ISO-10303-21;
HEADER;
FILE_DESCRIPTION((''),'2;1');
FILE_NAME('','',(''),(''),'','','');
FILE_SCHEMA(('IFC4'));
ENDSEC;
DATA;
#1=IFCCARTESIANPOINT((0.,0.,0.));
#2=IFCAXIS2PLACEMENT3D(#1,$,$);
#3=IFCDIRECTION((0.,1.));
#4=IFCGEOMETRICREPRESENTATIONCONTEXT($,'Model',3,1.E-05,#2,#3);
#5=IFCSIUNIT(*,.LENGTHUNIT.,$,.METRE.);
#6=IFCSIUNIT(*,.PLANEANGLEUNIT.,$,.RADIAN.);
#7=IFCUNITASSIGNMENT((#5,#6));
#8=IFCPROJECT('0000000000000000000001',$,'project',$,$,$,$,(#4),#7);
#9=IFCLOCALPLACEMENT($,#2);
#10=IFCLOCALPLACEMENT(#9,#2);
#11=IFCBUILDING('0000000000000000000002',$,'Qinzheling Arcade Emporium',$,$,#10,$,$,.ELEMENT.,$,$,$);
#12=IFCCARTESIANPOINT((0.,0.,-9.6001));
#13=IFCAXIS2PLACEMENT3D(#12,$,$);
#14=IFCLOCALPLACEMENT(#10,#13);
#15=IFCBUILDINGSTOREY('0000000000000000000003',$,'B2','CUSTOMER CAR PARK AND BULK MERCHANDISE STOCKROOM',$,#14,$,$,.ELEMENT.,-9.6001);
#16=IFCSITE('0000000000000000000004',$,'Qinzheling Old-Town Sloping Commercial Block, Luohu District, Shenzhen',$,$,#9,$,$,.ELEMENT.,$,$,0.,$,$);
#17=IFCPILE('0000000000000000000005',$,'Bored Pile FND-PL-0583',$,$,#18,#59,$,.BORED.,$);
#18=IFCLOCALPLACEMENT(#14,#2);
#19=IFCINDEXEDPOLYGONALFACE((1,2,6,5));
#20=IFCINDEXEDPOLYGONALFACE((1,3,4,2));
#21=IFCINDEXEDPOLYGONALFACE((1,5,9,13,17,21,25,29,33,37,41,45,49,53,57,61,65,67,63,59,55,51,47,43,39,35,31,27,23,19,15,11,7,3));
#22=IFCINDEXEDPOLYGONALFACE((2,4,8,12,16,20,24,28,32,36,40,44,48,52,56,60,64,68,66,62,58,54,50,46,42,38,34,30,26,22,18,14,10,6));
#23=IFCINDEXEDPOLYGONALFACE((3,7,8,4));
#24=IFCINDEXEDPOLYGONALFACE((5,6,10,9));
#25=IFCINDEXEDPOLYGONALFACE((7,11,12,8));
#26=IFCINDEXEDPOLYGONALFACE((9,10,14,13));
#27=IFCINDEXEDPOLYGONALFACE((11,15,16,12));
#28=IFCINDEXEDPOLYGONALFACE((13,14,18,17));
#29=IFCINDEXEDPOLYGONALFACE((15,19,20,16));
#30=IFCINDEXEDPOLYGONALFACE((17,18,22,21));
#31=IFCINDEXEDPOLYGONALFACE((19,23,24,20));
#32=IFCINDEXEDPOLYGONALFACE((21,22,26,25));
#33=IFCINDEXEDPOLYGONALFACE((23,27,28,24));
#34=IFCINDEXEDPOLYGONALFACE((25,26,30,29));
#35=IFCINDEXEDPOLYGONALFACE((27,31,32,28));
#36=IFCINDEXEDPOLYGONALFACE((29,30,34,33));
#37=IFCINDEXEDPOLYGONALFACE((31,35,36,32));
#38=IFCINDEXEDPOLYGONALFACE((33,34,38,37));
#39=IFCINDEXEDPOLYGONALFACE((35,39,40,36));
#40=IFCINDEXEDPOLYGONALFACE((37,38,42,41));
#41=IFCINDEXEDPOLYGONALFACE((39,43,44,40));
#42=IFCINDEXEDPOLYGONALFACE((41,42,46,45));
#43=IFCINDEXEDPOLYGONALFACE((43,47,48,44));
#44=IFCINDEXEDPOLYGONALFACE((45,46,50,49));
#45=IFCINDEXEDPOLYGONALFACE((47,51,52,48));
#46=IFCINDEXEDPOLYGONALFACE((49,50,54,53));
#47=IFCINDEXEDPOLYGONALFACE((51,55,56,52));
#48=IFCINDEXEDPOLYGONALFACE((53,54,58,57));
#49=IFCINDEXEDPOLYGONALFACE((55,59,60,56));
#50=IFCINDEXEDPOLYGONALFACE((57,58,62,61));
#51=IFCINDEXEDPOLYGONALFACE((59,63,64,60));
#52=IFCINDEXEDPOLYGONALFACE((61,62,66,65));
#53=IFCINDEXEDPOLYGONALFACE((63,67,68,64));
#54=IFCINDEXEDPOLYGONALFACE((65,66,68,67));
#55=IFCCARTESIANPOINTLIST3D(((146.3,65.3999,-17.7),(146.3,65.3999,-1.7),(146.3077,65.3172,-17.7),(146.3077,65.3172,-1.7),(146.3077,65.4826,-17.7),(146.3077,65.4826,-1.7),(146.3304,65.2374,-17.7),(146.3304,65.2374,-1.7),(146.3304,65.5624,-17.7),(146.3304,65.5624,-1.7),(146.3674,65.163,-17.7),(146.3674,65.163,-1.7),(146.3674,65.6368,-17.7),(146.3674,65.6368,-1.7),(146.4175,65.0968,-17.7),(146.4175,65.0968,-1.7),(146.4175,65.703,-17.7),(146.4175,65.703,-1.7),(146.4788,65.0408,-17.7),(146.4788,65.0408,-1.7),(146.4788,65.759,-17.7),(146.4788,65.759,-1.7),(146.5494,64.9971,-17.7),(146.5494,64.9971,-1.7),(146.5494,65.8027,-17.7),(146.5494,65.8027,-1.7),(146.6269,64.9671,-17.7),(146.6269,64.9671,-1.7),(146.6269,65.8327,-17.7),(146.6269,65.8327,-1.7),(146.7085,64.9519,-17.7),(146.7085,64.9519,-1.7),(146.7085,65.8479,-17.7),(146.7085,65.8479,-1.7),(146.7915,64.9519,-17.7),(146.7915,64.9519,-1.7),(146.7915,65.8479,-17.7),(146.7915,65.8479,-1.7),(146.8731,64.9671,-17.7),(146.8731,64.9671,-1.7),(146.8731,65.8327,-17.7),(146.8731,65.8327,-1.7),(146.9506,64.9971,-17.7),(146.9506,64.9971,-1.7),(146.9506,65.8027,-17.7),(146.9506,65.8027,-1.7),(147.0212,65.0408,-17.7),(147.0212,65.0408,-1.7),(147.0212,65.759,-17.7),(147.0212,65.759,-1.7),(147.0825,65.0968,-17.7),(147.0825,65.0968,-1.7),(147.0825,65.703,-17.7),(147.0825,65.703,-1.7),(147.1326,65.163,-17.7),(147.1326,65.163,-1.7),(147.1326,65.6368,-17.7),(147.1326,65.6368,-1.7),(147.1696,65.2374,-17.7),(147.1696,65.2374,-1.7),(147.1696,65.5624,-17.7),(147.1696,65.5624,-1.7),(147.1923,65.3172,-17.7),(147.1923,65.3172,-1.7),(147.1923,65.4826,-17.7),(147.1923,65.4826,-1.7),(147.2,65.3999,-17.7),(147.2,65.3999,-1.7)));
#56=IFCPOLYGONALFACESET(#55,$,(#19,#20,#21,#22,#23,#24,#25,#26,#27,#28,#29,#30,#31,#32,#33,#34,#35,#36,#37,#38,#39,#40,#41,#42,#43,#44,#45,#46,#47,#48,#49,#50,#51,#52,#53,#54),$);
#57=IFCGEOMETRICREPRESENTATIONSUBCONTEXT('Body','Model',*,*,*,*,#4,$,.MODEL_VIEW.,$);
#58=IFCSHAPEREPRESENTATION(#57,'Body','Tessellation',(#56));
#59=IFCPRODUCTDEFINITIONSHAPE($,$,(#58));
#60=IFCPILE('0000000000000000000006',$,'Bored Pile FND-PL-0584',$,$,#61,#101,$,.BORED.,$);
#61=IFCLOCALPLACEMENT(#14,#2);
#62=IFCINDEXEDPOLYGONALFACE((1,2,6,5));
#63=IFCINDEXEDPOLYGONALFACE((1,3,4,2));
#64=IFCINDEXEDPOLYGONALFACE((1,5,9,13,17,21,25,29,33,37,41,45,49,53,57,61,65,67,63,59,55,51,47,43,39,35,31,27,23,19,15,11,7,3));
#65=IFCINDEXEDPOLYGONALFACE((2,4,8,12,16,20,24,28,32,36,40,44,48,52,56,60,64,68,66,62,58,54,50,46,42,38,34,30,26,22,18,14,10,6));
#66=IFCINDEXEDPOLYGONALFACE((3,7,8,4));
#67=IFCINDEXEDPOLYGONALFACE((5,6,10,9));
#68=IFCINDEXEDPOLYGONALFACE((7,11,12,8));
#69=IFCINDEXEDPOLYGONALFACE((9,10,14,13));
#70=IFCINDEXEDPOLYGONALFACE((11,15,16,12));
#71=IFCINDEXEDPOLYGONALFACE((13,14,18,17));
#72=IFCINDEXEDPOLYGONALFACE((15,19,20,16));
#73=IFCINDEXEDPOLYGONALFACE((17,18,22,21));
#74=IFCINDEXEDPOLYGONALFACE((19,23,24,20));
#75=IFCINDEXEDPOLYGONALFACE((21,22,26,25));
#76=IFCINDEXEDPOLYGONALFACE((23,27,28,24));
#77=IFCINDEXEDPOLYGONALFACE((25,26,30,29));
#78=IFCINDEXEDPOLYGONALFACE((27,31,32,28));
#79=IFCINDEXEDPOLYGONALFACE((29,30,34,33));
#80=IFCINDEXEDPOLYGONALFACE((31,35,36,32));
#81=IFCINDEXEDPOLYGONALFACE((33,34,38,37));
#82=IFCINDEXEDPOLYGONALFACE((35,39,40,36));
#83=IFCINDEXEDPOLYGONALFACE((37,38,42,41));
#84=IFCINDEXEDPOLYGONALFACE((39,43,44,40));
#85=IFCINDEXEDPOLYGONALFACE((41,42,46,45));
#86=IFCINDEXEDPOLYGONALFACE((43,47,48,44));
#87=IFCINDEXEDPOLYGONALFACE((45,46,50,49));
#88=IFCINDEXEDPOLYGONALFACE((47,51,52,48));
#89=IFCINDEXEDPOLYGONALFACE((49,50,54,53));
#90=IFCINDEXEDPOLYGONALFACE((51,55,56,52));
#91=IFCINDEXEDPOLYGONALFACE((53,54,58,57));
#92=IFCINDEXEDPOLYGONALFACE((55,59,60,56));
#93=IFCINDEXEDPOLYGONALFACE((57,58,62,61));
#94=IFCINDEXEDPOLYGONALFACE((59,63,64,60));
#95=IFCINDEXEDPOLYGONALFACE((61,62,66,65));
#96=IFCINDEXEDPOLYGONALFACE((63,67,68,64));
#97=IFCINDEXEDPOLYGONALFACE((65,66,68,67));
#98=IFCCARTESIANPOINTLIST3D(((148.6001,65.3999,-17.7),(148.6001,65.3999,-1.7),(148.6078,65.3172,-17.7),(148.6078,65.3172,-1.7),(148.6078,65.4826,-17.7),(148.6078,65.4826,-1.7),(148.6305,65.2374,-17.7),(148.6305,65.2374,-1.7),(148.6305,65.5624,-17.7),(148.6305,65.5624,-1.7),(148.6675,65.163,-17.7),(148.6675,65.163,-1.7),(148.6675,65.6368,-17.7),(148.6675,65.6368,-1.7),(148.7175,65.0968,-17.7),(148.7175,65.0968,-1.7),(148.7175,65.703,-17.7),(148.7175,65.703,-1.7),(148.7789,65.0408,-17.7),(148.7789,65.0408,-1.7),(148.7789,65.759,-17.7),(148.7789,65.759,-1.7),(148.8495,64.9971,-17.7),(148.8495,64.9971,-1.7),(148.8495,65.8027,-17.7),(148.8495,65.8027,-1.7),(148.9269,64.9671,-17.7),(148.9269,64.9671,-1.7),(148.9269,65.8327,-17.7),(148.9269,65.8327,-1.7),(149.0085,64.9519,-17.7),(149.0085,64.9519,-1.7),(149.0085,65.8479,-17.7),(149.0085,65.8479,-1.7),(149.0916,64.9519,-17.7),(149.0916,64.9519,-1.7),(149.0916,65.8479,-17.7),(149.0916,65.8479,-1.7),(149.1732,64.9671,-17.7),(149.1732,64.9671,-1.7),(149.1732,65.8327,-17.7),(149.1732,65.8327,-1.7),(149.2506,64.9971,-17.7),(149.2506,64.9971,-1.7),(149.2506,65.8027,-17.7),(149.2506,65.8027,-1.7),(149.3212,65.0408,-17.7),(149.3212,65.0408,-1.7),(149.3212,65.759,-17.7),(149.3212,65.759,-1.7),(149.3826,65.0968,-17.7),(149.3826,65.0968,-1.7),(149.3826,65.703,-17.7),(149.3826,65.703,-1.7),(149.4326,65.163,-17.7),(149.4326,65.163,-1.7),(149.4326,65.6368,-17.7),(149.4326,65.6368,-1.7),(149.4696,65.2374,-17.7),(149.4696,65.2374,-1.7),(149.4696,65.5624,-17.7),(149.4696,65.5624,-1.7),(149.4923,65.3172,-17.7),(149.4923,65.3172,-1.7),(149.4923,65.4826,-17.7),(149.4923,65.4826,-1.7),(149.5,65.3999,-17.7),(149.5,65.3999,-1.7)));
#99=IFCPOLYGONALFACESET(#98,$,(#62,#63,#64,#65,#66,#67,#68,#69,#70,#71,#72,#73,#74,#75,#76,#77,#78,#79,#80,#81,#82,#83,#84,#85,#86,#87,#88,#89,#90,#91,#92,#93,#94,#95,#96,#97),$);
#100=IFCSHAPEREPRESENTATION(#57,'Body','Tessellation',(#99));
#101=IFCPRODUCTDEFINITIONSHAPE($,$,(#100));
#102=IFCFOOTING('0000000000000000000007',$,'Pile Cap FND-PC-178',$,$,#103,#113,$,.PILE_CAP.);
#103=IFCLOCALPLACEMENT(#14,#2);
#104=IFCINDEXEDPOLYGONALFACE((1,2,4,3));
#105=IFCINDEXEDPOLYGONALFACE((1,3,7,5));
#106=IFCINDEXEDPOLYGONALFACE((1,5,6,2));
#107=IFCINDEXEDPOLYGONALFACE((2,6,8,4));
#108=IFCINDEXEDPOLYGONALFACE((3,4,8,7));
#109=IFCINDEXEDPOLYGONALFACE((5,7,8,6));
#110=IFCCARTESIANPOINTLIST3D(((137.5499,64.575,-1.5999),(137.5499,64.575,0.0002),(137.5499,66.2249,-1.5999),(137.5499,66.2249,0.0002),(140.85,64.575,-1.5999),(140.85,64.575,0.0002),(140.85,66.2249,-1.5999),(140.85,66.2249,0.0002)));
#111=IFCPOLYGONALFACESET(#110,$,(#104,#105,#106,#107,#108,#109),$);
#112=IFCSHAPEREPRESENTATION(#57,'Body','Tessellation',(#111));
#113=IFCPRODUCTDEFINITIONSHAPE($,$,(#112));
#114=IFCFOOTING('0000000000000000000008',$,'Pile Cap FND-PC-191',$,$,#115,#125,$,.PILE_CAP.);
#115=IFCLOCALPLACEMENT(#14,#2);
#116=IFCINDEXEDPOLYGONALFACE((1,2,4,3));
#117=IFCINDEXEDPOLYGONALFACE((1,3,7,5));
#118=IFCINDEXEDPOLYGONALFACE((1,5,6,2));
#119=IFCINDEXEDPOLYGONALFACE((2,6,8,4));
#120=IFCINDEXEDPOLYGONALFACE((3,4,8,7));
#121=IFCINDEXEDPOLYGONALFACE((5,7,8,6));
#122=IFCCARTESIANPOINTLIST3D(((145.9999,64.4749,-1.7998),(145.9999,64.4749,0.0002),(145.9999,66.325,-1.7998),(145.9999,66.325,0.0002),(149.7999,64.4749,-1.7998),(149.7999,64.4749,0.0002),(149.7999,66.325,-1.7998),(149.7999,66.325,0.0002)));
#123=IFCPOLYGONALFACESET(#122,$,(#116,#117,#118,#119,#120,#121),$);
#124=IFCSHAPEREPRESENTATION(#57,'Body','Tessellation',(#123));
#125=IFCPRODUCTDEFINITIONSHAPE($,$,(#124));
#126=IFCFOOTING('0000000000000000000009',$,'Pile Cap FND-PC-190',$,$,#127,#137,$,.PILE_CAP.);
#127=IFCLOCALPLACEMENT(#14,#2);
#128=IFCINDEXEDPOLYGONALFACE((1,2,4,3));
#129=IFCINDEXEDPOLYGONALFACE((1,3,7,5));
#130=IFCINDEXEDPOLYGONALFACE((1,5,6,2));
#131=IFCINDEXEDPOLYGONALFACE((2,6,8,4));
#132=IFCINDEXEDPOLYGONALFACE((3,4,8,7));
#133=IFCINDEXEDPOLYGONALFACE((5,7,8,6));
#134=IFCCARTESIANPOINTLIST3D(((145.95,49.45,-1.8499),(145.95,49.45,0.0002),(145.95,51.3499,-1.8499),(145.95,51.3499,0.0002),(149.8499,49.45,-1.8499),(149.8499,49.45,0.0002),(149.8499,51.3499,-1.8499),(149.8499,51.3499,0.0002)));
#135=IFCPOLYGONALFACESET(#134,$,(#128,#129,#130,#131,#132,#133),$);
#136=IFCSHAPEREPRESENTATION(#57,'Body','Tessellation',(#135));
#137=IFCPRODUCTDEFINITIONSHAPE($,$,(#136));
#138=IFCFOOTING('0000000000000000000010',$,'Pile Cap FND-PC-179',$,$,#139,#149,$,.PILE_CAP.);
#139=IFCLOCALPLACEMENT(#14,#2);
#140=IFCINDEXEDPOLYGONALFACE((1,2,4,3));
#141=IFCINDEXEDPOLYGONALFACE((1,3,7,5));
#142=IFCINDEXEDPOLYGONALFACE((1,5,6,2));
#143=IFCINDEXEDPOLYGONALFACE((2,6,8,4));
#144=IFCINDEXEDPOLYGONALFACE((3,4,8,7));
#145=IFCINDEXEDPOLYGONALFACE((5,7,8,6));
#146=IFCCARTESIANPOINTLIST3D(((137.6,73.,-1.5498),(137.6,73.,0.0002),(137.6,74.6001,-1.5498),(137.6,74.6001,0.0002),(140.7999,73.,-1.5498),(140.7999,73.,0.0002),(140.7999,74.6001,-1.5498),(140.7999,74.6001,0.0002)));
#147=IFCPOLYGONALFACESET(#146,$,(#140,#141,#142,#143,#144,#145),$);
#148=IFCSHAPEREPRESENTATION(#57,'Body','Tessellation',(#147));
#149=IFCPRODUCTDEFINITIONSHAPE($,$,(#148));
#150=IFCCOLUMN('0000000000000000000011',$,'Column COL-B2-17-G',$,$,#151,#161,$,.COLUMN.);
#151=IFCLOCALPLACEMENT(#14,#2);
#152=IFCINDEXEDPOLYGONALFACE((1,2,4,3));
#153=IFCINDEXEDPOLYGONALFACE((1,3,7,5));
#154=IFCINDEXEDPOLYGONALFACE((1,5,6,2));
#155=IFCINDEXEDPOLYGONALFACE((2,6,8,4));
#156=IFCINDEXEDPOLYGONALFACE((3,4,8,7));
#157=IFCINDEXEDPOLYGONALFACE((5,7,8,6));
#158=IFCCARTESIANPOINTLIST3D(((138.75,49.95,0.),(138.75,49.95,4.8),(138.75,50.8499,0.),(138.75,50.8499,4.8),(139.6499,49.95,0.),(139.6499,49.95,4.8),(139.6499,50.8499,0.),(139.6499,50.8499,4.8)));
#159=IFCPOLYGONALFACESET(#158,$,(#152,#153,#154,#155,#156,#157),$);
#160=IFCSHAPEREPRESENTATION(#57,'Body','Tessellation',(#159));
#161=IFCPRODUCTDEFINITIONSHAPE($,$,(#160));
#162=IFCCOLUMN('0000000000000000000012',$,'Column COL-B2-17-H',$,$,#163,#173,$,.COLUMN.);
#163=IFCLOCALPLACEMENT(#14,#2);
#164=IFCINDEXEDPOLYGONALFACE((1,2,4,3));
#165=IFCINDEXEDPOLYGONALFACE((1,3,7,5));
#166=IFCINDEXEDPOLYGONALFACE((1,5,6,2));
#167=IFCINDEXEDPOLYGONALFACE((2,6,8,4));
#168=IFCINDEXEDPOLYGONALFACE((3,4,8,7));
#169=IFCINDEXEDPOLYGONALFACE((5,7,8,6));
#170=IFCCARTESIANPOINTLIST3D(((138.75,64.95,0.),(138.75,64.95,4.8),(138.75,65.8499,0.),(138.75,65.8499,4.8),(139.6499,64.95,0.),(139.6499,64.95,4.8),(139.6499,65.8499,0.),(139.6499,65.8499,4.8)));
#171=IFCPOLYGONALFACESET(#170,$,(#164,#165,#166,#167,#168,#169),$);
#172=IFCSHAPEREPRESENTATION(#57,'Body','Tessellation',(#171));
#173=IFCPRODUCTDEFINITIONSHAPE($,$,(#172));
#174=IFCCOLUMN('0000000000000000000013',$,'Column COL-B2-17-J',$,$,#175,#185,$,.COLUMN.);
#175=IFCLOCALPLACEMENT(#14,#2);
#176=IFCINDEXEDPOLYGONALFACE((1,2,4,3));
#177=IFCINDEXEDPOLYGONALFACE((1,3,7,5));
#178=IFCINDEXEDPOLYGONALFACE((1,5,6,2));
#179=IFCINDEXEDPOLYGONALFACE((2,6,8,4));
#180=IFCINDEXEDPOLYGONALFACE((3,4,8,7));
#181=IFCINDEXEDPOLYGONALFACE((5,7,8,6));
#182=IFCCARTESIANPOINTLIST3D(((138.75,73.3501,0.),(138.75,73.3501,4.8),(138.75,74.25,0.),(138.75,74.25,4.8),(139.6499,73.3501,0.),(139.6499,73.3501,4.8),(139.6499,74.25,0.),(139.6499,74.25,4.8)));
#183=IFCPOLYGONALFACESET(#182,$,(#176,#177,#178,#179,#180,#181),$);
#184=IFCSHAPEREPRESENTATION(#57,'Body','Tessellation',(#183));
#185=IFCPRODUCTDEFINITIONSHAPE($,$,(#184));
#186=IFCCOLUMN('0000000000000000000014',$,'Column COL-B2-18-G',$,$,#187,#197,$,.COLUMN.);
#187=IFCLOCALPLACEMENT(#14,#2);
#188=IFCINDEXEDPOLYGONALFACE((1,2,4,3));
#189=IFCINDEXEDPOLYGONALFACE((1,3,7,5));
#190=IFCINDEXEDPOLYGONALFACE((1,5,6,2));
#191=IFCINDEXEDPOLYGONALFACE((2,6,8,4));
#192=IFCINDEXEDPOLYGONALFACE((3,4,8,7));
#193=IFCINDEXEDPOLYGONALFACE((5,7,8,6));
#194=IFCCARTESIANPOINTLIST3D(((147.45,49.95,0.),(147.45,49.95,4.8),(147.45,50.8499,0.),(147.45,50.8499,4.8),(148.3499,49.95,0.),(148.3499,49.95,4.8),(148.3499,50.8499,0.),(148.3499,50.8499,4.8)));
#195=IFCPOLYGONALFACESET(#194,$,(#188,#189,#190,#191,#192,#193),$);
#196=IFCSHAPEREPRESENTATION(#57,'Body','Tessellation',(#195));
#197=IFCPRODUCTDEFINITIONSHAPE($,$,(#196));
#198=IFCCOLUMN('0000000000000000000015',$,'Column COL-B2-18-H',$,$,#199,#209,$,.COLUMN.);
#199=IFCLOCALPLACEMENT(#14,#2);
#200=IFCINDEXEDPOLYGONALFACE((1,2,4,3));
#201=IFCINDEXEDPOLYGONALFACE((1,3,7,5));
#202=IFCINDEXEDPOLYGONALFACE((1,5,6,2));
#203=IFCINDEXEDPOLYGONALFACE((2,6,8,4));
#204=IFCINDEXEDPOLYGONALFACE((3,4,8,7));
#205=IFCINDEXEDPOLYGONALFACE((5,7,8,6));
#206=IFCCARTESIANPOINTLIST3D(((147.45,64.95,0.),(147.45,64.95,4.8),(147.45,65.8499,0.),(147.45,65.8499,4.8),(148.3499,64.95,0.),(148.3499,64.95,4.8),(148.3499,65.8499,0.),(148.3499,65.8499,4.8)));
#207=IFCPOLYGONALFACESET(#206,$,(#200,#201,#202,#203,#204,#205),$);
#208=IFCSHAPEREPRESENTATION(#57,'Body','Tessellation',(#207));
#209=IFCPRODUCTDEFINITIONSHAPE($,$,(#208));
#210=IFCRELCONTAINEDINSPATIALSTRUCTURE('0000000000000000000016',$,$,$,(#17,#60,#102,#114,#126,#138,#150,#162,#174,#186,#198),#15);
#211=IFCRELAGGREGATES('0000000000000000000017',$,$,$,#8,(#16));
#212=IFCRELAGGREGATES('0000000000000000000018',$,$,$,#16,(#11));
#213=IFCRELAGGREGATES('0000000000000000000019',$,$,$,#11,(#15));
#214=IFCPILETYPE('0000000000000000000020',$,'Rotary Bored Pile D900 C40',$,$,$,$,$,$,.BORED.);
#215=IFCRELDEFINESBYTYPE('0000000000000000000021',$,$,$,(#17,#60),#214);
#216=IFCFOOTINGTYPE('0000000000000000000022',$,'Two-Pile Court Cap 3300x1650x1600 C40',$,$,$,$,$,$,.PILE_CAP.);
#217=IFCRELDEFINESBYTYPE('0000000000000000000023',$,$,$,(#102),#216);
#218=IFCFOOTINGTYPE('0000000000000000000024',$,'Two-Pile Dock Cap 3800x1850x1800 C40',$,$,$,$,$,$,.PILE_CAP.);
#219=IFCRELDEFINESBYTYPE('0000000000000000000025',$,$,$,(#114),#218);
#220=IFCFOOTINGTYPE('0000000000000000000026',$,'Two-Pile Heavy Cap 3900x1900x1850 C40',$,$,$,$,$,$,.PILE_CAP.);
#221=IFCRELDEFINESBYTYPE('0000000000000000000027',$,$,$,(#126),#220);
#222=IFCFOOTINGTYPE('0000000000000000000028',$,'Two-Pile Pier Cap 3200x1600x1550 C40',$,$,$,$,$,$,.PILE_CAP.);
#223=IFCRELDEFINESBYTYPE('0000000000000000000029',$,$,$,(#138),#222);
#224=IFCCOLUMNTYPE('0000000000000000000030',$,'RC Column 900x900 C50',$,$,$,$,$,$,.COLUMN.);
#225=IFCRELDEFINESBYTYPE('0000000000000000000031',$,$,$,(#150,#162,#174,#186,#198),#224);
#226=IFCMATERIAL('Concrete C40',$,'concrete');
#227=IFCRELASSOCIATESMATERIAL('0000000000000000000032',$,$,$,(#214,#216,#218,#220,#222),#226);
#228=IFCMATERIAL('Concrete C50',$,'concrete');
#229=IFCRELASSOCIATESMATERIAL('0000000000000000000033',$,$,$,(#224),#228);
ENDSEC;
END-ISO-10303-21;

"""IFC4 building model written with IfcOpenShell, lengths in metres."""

from ifc_helpers import new_model, si_unit, direction, frame, origin, origin_2d, place, context, subcontext, project, spatial, rectangle, circle, extrude, material, material_profile, profile_set, type_object, element, save


model = new_model("IFC4")

# Units and contexts
model_context = context("Model", 3, precision=1e-05, world=origin(), true_north=direction((0.0, 1.0)))
body_context = subcontext(model_context, "Body", "Model", "MODEL_VIEW")
ifc_project = project(units=[si_unit("LENGTHUNIT", "METRE"), si_unit("PLANEANGLEUNIT", "RADIAN")], contexts=[model_context])

# Site, building, storey
site_placement = place(None, origin())
site = spatial("IfcSite", under=ifc_project, at=site_placement, Name="Qinzheling Old-Town Sloping Commercial Block, Luohu District, Shenzhen", CompositionType="ELEMENT", RefElevation=0.0)
building_placement = place(site_placement, origin())
building = spatial("IfcBuilding", under=site, at=building_placement, Name="Qinzheling Arcade Emporium", CompositionType="ELEMENT")
storey_placement = place(building_placement, frame((0.0, 0.0, -9.6001)))
storey = spatial("IfcBuildingStorey", under=building, at=storey_placement, Name="B2", Description="CUSTOMER CAR PARK AND BULK MERCHANDISE STOCKROOM", CompositionType="ELEMENT", Elevation=-9.6001)

# Shared definitions
ifc_material_1 = material(Name="Concrete C40", Category="concrete")

# Piles
ifc_material_profile_1 = material_profile(ifc_material_1, circle(Radius=0.45, at=origin_2d()), Name="BORED D900", Category="concrete")
ifc_profile_set_1 = profile_set([ifc_material_profile_1], Name="Concrete C40")
pile_type_1 = type_object("IfcPileType", Name="Rotary Bored Pile D900 C40", PredefinedType="BORED", material=ifc_profile_set_1)
for number, where, z_axis, x_axis, name in (
    (1, (146.75, 65.3999, -1.7), (0.0, 0.0, -1.0), (1.0, 0.0, 0.0), "Bored Pile FND-PL-0583"),
    (2, (149.05, 65.3999, -1.7), (0.0, 0.0, -1.0), (1.0, 0.0, 0.0), "Bored Pile FND-PL-0584"),
):
    element("IfcPile", number, at=place(storey_placement, frame(where, z_axis=z_axis, x_axis=x_axis)), inside=storey, type_object=pile_type_1, Name=name, PredefinedType="BORED", context=body_context, shape_type="SweptSolid", body=[
        extrude(circle(Radius=0.45, at=origin_2d()), origin(), (0.0, 0.0, 1.0), 16.0),
    ])

# Footings
footing_type_1 = type_object("IfcFootingType", Name="Two-Pile Court Cap 3300x1650x1600 C40", PredefinedType="PILE_CAP", material=ifc_material_1)
footing_1_placement = place(storey_placement, frame((139.2, 65.3999, -1.5999), z_axis=(0.0, 0.0, 1.0), x_axis=(1.0, 0.0, 0.0)))
element("IfcFooting", 3, at=footing_1_placement, inside=storey, type_object=footing_type_1, Name="Pile Cap FND-PC-178", PredefinedType="PILE_CAP", context=body_context, shape_type="SweptSolid", body=[
    extrude(rectangle(XDim=3.3, YDim=1.6499, at=origin_2d()), origin(), (0.0, 0.0, 1.0), 1.6001),
])
footing_type_2 = type_object("IfcFootingType", Name="Two-Pile Dock Cap 3800x1850x1800 C40", PredefinedType="PILE_CAP", material=ifc_material_1)
footing_2_placement = place(storey_placement, frame((147.8999, 65.3999, -1.7998), z_axis=(0.0, 0.0, 1.0), x_axis=(1.0, 0.0, 0.0)))
element("IfcFooting", 4, at=footing_2_placement, inside=storey, type_object=footing_type_2, Name="Pile Cap FND-PC-191", PredefinedType="PILE_CAP", context=body_context, shape_type="SweptSolid", body=[
    extrude(rectangle(XDim=3.8, YDim=1.8501, at=origin_2d()), origin(), (0.0, 0.0, 1.0), 1.8),
])
footing_type_3 = type_object("IfcFootingType", Name="Two-Pile Heavy Cap 3900x1900x1850 C40", PredefinedType="PILE_CAP", material=ifc_material_1)
footing_3_placement = place(storey_placement, frame((147.8999, 50.3999, -1.8499), z_axis=(0.0, 0.0, 1.0), x_axis=(1.0, 0.0, 0.0)))
element("IfcFooting", 5, at=footing_3_placement, inside=storey, type_object=footing_type_3, Name="Pile Cap FND-PC-190", PredefinedType="PILE_CAP", context=body_context, shape_type="SweptSolid", body=[
    extrude(rectangle(XDim=3.8999, YDim=1.8999, at=origin_2d()), origin(), (0.0, 0.0, 1.0), 1.8501),
])
footing_type_4 = type_object("IfcFootingType", Name="Two-Pile Pier Cap 3200x1600x1550 C40", PredefinedType="PILE_CAP", material=ifc_material_1)
footing_4_placement = place(storey_placement, frame((139.2, 73.8, -1.5498), z_axis=(0.0, 0.0, 1.0), x_axis=(1.0, 0.0, 0.0)))
element("IfcFooting", 6, at=footing_4_placement, inside=storey, type_object=footing_type_4, Name="Pile Cap FND-PC-179", PredefinedType="PILE_CAP", context=body_context, shape_type="SweptSolid", body=[
    extrude(rectangle(XDim=3.2, YDim=1.6001, at=origin_2d()), origin(), (0.0, 0.0, 1.0), 1.55),
])

# Columns
ifc_material_2 = material(Name="Concrete C50", Category="concrete")
ifc_material_profile_2 = material_profile(ifc_material_2, rectangle(XDim=0.8999, YDim=0.8999, at=origin_2d()), Name="RC 900x900", Category="concrete")
ifc_profile_set_2 = profile_set([ifc_material_profile_2], Name="Concrete C50")
column_type = type_object("IfcColumnType", Name="RC Column 900x900 C50", PredefinedType="COLUMN", material=ifc_profile_set_2)
for number, where, z_axis, x_axis, name in (
    (7, (139.2, 50.3999, 0.0), (0.0, 0.0, 1.0), (1.0, 0.0, 0.0), "Column COL-B2-17-G"),
    (8, (139.2, 65.3999, 0.0), (0.0, 0.0, 1.0), (1.0, 0.0, 0.0), "Column COL-B2-17-H"),
    (9, (139.2, 73.8, 0.0), (0.0, 0.0, 1.0), (1.0, 0.0, 0.0), "Column COL-B2-17-J"),
    (10, (147.8999, 50.3999, 0.0), (0.0, 0.0, 1.0), (1.0, 0.0, 0.0), "Column COL-B2-18-G"),
    (11, (147.8999, 65.3999, 0.0), (0.0, 0.0, 1.0), (1.0, 0.0, 0.0), "Column COL-B2-18-H"),
):
    element("IfcColumn", number, at=place(storey_placement, frame(where, z_axis=z_axis, x_axis=x_axis)), inside=storey, type_object=column_type, Name=name, PredefinedType="COLUMN", context=body_context, shape_type="SweptSolid", body=[
        extrude(rectangle(XDim=0.8999, YDim=0.8999, at=origin_2d()), origin(), (0.0, 0.0, 1.0), 4.8),
    ])

save(model, "model.ifc")
